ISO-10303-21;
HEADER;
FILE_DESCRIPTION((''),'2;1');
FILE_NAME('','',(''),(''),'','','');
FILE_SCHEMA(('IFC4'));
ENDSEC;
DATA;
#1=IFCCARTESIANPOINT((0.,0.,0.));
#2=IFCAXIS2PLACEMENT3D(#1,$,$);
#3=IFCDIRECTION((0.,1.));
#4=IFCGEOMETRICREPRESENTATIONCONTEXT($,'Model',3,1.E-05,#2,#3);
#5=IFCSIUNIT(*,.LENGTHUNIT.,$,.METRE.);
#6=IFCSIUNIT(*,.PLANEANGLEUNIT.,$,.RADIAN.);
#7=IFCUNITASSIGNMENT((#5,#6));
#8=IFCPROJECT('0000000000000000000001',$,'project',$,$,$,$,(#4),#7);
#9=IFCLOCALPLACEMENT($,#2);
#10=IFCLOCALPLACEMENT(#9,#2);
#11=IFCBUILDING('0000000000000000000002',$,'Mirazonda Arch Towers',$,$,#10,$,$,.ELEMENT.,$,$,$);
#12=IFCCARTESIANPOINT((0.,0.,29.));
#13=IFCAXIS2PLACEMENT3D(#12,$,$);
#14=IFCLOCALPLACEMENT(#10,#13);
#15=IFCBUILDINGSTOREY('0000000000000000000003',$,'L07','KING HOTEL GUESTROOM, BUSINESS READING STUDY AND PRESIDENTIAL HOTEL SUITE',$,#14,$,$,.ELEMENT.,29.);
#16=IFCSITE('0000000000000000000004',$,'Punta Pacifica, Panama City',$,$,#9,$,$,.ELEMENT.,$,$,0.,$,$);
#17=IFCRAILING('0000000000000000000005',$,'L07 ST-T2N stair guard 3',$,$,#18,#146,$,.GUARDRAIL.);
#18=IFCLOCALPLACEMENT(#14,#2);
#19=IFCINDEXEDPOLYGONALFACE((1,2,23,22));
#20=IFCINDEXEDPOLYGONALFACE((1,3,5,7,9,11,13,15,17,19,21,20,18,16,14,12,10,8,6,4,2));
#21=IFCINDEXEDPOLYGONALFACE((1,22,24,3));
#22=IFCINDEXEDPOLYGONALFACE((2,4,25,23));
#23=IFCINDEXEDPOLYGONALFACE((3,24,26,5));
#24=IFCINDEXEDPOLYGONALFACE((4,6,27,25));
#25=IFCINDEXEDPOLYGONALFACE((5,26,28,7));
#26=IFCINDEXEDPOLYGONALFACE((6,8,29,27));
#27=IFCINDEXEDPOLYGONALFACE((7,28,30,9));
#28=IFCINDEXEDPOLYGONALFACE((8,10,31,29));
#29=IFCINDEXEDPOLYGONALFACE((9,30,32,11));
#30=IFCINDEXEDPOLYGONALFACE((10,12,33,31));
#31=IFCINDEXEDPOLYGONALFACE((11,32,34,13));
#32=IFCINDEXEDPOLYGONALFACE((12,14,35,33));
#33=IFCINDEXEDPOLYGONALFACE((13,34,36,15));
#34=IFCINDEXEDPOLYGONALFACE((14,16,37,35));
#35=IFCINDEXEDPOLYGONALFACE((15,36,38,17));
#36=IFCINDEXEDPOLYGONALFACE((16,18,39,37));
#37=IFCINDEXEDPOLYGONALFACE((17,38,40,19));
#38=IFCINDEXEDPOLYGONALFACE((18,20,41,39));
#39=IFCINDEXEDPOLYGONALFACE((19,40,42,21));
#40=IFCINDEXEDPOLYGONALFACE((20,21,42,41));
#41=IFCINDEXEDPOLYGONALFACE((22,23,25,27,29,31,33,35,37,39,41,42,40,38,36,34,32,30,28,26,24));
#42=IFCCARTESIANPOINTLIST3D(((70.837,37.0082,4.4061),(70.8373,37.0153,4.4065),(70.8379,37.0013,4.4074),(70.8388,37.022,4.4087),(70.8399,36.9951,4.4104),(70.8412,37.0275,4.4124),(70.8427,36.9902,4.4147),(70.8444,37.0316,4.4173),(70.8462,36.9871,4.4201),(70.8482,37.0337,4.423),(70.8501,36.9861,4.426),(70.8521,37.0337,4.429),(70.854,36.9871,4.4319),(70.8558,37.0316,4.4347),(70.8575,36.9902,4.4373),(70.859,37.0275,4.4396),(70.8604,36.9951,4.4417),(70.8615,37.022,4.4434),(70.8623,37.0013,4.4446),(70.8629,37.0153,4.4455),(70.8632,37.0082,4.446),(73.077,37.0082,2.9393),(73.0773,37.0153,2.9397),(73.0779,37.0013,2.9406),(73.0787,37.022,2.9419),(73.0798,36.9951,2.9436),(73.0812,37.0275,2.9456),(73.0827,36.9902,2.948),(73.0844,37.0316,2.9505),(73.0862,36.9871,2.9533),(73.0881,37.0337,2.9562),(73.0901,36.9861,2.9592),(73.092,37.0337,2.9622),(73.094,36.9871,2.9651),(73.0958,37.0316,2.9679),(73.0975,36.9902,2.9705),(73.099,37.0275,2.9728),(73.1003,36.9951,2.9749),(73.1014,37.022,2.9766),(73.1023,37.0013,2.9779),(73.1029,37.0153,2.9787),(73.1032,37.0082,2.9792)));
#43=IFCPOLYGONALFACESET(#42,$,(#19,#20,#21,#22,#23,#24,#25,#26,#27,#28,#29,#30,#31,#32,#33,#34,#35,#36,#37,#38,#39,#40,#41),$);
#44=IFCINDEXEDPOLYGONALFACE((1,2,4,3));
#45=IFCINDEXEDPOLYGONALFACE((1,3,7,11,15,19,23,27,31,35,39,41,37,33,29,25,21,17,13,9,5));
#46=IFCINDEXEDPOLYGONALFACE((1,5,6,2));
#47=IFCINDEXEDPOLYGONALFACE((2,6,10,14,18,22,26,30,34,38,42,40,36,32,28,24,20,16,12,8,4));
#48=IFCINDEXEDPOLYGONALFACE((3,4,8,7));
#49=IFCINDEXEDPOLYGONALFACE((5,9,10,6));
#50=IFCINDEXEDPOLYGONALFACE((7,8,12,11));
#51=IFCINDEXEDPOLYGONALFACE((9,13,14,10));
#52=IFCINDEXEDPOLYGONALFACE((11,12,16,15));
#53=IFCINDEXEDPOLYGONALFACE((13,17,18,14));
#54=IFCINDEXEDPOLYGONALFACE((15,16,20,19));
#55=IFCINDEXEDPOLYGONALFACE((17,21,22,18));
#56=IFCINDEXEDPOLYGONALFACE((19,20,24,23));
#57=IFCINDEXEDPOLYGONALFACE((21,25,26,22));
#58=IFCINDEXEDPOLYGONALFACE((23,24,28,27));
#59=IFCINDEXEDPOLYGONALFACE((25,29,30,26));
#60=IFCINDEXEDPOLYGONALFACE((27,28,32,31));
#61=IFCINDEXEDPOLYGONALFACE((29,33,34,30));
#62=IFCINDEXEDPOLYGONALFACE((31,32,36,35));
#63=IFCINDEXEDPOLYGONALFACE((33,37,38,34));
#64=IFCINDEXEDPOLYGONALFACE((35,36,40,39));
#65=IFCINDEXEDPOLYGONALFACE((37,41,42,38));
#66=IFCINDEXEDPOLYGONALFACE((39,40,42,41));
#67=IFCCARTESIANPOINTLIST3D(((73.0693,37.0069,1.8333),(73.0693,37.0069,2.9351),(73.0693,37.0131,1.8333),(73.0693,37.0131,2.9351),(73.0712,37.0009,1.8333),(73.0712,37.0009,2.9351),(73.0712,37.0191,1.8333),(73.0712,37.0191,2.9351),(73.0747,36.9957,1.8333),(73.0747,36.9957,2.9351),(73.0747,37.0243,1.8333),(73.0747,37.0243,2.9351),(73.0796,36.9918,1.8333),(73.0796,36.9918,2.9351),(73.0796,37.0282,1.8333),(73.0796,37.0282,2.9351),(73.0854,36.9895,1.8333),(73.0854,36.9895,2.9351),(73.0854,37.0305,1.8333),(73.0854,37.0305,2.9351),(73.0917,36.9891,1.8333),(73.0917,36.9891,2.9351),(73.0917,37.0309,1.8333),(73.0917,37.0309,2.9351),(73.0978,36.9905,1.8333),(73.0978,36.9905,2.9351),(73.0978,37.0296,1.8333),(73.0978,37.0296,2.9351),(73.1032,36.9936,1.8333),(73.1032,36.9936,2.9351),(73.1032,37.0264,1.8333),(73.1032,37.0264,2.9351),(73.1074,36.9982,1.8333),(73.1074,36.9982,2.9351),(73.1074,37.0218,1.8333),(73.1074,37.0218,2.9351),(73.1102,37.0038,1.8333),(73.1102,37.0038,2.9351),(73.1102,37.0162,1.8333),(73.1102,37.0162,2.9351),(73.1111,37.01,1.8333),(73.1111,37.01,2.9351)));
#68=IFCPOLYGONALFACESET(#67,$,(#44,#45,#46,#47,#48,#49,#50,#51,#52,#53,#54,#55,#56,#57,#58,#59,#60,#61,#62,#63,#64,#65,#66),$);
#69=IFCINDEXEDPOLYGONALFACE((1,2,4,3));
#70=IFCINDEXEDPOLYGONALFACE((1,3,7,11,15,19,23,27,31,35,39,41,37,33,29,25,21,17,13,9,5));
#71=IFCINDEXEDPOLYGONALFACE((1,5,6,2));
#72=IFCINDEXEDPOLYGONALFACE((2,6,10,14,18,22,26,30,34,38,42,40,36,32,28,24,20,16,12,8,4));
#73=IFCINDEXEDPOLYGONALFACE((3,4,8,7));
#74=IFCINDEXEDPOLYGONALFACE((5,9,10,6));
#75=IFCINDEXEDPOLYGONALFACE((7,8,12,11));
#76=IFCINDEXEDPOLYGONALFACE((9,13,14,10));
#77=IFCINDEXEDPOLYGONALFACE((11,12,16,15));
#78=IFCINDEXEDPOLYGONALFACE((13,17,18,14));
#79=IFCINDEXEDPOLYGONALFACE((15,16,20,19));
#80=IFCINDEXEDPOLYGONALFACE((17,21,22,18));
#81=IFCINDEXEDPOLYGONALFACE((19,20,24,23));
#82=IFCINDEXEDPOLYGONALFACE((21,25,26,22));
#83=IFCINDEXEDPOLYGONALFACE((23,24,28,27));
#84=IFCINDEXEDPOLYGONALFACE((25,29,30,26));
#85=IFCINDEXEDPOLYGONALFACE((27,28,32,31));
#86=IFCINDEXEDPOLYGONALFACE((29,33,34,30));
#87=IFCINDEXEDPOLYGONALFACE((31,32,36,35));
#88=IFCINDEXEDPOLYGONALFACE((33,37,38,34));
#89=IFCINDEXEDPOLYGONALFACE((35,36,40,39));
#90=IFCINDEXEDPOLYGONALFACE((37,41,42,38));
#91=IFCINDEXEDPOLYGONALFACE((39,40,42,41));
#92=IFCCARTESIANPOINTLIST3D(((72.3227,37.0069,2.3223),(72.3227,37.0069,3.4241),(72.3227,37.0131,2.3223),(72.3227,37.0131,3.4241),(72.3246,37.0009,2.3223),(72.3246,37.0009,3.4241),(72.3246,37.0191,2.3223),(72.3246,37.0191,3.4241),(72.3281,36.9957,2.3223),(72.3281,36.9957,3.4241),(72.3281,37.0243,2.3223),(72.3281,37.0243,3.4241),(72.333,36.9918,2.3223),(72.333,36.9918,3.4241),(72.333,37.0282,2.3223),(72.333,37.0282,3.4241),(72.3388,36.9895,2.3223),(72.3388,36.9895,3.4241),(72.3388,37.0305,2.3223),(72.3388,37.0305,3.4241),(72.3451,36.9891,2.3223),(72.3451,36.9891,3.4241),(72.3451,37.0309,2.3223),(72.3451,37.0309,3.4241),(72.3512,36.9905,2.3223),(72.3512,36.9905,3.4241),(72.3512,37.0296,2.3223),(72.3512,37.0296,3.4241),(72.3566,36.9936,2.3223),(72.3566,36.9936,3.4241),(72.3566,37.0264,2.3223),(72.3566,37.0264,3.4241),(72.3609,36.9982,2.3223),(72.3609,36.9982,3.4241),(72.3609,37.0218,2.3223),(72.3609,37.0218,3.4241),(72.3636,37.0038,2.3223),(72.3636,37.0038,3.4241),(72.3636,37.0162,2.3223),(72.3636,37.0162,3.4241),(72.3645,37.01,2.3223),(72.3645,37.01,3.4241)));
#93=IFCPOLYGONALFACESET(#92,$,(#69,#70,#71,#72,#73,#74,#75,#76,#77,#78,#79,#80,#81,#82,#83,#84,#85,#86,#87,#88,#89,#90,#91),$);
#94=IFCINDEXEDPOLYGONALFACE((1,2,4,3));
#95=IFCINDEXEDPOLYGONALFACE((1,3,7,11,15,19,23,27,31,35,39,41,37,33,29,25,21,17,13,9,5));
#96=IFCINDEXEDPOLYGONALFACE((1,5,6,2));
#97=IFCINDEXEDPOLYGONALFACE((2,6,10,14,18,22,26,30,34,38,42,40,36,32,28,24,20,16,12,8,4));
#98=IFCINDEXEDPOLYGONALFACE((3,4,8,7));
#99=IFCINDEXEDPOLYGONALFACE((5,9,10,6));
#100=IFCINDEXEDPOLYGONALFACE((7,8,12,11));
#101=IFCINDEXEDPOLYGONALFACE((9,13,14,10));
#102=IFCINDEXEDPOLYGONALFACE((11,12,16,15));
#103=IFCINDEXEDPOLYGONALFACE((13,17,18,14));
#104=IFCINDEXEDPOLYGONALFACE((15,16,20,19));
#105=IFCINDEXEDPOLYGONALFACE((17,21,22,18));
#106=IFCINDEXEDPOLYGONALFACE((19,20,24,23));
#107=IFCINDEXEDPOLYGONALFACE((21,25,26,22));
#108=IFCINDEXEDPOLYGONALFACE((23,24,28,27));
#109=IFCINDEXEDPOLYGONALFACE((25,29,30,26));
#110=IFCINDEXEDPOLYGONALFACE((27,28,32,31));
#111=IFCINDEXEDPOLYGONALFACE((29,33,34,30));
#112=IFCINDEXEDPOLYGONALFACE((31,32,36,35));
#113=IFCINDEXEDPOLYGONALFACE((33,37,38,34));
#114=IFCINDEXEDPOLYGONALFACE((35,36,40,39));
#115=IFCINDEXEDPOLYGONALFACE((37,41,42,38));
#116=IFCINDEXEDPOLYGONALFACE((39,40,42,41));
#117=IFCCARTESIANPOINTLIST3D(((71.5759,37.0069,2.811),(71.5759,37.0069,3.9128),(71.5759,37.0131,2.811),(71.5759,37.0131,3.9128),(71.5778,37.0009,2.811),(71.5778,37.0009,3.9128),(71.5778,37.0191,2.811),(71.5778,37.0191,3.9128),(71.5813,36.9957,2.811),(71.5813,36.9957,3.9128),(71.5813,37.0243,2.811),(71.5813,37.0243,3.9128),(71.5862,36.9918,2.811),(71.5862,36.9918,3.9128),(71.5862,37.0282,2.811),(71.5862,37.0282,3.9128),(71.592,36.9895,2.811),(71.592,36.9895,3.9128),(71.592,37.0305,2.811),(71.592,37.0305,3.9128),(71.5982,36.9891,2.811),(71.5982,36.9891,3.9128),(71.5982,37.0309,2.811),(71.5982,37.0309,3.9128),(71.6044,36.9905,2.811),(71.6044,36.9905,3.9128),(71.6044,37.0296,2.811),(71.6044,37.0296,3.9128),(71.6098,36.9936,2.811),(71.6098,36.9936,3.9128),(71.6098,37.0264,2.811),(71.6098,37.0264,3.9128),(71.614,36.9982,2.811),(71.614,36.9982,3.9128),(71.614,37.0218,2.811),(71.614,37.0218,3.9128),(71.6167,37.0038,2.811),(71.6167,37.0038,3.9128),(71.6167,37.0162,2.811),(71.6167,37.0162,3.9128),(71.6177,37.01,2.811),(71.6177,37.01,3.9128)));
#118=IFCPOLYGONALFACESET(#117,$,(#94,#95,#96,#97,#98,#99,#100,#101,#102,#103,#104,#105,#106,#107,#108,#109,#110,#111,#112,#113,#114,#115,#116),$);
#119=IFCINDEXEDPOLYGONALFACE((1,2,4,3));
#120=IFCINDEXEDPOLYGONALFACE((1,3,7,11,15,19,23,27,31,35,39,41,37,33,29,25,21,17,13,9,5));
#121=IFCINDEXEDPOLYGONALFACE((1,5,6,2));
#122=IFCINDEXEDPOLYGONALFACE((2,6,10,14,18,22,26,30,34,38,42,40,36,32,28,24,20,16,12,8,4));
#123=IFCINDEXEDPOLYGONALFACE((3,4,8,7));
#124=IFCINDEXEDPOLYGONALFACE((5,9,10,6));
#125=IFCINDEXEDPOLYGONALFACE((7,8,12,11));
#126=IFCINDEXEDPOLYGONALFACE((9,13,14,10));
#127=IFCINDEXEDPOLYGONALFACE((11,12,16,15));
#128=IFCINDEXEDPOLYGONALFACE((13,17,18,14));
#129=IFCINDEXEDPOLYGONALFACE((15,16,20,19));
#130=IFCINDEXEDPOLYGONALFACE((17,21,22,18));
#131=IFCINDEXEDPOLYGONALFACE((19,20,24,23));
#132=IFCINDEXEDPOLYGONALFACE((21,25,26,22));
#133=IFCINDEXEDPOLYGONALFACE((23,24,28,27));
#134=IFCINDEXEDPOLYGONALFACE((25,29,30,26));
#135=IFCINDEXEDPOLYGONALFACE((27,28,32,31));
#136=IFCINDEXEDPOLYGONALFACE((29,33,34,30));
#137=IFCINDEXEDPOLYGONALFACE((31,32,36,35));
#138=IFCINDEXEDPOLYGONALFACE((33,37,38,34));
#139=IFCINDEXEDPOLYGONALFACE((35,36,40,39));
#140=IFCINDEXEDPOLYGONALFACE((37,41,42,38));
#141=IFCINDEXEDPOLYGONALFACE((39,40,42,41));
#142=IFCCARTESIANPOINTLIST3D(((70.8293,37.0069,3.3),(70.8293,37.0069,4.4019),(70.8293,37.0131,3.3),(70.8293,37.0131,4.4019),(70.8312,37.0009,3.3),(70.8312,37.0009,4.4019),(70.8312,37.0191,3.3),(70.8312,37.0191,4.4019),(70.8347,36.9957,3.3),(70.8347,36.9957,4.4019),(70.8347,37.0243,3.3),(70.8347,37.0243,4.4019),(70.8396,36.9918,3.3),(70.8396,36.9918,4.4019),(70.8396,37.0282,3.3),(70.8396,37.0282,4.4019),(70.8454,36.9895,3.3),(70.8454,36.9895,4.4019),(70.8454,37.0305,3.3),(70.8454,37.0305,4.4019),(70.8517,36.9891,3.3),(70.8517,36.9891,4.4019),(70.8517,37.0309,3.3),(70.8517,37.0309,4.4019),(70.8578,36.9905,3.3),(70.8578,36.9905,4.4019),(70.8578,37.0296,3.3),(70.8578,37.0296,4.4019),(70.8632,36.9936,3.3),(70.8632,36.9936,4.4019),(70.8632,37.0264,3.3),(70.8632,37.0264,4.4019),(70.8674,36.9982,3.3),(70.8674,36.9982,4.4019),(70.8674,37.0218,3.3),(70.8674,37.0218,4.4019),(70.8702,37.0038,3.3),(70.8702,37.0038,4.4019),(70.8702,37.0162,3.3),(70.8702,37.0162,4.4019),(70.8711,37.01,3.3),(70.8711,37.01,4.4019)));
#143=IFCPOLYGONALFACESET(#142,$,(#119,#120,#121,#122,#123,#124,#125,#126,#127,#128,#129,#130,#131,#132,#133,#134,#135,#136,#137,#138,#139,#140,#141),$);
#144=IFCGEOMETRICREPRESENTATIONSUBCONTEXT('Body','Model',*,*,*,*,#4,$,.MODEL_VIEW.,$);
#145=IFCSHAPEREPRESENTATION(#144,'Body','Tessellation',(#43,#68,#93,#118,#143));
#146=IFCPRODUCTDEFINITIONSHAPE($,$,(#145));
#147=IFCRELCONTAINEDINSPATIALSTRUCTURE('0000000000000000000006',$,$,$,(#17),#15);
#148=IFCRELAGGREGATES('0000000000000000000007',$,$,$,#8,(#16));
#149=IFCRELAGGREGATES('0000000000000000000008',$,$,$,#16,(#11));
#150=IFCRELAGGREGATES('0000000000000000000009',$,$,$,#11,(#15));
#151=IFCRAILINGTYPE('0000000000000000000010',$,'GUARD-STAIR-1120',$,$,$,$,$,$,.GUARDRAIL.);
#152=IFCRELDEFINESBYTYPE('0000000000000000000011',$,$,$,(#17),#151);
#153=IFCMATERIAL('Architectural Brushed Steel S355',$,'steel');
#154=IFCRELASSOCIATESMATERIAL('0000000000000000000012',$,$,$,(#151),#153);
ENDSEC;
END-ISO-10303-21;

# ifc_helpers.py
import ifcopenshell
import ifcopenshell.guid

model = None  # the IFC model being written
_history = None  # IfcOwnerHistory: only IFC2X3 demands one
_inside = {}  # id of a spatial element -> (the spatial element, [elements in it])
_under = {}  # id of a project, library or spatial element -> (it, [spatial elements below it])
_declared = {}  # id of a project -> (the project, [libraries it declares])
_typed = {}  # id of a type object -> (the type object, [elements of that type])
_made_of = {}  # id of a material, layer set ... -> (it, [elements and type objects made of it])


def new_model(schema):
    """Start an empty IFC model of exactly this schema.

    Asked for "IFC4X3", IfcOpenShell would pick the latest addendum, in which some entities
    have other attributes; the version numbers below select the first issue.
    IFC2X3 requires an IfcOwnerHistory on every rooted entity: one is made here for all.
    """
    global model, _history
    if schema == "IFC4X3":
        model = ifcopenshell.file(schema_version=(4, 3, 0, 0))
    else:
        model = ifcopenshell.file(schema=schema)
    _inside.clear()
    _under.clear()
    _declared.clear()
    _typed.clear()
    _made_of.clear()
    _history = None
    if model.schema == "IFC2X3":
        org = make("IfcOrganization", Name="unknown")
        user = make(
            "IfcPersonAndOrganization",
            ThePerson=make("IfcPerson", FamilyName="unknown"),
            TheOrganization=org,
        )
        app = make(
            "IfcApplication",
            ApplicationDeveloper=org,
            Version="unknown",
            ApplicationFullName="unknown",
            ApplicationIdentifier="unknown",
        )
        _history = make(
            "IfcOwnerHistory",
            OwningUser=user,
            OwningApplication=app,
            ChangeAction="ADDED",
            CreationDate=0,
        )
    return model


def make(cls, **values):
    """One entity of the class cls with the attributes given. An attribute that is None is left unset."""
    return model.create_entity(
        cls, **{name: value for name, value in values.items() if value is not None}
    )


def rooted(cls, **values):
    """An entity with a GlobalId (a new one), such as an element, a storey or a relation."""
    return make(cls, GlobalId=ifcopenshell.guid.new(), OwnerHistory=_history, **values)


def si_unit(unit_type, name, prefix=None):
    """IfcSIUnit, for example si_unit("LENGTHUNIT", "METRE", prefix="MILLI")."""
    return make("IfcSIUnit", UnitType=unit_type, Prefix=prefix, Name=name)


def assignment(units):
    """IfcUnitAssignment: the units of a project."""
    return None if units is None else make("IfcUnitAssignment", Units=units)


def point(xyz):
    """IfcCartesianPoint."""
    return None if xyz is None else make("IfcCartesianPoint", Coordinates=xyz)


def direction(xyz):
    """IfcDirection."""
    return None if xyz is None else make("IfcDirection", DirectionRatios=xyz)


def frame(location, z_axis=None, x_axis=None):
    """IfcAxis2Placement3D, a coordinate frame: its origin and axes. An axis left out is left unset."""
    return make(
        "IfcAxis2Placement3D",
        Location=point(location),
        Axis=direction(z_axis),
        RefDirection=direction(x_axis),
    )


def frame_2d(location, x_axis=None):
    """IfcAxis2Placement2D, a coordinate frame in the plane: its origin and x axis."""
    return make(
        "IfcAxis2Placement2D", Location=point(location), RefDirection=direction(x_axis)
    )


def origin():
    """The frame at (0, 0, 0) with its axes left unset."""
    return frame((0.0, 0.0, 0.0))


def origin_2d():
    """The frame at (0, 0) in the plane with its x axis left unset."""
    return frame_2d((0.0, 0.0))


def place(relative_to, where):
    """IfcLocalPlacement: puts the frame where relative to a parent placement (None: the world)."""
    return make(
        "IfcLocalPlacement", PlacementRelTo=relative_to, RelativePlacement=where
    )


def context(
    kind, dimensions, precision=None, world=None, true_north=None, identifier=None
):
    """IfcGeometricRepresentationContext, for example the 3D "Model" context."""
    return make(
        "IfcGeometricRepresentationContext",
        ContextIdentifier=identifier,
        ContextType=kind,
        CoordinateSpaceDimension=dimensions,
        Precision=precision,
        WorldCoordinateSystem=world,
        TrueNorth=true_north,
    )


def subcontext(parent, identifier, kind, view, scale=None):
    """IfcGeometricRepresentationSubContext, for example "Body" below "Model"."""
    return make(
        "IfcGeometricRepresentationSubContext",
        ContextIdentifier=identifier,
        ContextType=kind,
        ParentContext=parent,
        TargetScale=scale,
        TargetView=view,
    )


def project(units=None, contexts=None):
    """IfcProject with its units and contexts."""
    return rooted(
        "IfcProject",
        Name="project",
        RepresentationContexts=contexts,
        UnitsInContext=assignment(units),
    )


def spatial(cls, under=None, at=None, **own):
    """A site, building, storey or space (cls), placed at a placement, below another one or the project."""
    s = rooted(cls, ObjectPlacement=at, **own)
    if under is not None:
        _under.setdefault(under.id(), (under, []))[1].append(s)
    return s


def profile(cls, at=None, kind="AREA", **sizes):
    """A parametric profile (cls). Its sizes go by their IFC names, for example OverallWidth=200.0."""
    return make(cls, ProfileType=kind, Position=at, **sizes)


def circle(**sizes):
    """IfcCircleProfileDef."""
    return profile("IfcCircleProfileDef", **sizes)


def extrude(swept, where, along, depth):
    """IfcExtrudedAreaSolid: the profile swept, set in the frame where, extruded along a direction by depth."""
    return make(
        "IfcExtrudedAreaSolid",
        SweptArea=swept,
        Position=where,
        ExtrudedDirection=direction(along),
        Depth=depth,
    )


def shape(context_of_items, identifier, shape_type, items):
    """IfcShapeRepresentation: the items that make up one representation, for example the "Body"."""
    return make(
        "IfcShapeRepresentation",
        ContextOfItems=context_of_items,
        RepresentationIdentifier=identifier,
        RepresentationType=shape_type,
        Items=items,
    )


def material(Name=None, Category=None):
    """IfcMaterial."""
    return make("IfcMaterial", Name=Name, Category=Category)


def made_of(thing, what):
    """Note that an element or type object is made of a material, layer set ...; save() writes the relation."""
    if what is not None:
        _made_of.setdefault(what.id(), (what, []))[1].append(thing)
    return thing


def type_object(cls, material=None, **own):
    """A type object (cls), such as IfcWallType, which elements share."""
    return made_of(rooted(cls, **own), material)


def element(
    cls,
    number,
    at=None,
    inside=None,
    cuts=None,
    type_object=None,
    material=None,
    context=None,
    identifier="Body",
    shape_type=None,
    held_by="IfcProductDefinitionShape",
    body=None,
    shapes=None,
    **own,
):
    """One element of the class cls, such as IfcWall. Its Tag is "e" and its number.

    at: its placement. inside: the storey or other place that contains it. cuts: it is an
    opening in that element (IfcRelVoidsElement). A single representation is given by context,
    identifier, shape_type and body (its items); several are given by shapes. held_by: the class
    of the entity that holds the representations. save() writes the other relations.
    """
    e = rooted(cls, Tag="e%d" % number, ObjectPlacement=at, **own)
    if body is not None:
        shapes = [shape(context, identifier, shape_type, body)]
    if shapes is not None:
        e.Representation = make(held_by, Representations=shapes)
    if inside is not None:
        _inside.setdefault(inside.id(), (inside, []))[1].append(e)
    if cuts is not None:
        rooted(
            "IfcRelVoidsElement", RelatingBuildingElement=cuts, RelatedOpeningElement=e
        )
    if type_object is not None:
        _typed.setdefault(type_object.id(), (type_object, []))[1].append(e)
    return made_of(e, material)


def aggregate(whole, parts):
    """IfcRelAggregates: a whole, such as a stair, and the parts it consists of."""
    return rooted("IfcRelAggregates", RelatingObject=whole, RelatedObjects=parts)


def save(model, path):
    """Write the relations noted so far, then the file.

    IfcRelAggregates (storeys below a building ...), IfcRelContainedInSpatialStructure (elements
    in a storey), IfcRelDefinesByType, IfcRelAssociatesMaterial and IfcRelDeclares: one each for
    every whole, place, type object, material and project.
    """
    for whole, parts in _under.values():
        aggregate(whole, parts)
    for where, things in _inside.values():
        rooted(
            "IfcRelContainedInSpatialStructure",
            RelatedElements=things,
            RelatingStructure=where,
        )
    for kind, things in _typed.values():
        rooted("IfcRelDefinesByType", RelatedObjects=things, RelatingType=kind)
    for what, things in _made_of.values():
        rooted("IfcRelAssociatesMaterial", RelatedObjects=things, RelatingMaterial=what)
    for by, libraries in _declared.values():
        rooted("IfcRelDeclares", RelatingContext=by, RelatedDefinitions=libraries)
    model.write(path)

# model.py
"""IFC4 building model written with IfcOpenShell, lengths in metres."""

from ifc_helpers import new_model, si_unit, direction, frame, origin, origin_2d, place, context, subcontext, project, spatial, circle, extrude, material, type_object, element, save


model = new_model("IFC4")

# Units and contexts
model_context = context("Model", 3, precision=1e-05, world=origin(), true_north=direction((0.0, 1.0)))
body_context = subcontext(model_context, "Body", "Model", "MODEL_VIEW")
ifc_project = project(units=[si_unit("LENGTHUNIT", "METRE"), si_unit("PLANEANGLEUNIT", "RADIAN")], contexts=[model_context])

# Site, building, storey
site_placement = place(None, origin())
site = spatial("IfcSite", under=ifc_project, at=site_placement, Name="Punta Pacifica, Panama City", CompositionType="ELEMENT", RefElevation=0.0)
building_placement = place(site_placement, origin())
building = spatial("IfcBuilding", under=site, at=building_placement, Name="Mirazonda Arch Towers", CompositionType="ELEMENT")
storey_placement = place(building_placement, frame((0.0, 0.0, 29.0)))
storey = spatial("IfcBuildingStorey", under=building, at=storey_placement, Name="L07", Description="KING HOTEL GUESTROOM, BUSINESS READING STUDY AND PRESIDENTIAL HOTEL SUITE", CompositionType="ELEMENT", Elevation=29.0)

# Shared definitions
ifc_material_1 = material(Name="Architectural Brushed Steel S355", Category="steel")

# Railing
railing_type_1 = type_object("IfcRailingType", Name="GUARD-STAIR-1120", PredefinedType="GUARDRAIL", material=ifc_material_1)
railing_1_placement = place(storey_placement, frame((73.0901, 37.01, 1.8333)))
element("IfcRailing", 1, at=railing_1_placement, inside=storey, type_object=railing_type_1, Name="L07 ST-T2N stair guard 3", PredefinedType="GUARDRAIL", context=body_context, shape_type="SweptSolid", body=[
    extrude(circle(Radius=0.0239, at=origin_2d()), frame((0.0, 0.0, 1.126), z_axis=(-0.836595, 0.0, 0.547822), x_axis=(0.0, -1.0, 0.0)), (0.0, 0.0, 1.0), 2.6775),
    extrude(circle(Radius=0.021, at=origin_2d()), origin(), (0.0, 0.0, 1.0), 1.1018),
    extrude(circle(Radius=0.021, at=origin_2d()), frame((-0.7466, 0.0, 0.489)), (0.0, 0.0, 1.0), 1.1018),
    extrude(circle(Radius=0.021, at=origin_2d()), frame((-1.4934, 0.0, 0.9778)), (0.0, 0.0, 1.0), 1.1018),
    extrude(circle(Radius=0.021, at=origin_2d()), frame((-2.24, 0.0, 1.4668)), (0.0, 0.0, 1.0), 1.1018),
])

save(model, "model.ifc")
